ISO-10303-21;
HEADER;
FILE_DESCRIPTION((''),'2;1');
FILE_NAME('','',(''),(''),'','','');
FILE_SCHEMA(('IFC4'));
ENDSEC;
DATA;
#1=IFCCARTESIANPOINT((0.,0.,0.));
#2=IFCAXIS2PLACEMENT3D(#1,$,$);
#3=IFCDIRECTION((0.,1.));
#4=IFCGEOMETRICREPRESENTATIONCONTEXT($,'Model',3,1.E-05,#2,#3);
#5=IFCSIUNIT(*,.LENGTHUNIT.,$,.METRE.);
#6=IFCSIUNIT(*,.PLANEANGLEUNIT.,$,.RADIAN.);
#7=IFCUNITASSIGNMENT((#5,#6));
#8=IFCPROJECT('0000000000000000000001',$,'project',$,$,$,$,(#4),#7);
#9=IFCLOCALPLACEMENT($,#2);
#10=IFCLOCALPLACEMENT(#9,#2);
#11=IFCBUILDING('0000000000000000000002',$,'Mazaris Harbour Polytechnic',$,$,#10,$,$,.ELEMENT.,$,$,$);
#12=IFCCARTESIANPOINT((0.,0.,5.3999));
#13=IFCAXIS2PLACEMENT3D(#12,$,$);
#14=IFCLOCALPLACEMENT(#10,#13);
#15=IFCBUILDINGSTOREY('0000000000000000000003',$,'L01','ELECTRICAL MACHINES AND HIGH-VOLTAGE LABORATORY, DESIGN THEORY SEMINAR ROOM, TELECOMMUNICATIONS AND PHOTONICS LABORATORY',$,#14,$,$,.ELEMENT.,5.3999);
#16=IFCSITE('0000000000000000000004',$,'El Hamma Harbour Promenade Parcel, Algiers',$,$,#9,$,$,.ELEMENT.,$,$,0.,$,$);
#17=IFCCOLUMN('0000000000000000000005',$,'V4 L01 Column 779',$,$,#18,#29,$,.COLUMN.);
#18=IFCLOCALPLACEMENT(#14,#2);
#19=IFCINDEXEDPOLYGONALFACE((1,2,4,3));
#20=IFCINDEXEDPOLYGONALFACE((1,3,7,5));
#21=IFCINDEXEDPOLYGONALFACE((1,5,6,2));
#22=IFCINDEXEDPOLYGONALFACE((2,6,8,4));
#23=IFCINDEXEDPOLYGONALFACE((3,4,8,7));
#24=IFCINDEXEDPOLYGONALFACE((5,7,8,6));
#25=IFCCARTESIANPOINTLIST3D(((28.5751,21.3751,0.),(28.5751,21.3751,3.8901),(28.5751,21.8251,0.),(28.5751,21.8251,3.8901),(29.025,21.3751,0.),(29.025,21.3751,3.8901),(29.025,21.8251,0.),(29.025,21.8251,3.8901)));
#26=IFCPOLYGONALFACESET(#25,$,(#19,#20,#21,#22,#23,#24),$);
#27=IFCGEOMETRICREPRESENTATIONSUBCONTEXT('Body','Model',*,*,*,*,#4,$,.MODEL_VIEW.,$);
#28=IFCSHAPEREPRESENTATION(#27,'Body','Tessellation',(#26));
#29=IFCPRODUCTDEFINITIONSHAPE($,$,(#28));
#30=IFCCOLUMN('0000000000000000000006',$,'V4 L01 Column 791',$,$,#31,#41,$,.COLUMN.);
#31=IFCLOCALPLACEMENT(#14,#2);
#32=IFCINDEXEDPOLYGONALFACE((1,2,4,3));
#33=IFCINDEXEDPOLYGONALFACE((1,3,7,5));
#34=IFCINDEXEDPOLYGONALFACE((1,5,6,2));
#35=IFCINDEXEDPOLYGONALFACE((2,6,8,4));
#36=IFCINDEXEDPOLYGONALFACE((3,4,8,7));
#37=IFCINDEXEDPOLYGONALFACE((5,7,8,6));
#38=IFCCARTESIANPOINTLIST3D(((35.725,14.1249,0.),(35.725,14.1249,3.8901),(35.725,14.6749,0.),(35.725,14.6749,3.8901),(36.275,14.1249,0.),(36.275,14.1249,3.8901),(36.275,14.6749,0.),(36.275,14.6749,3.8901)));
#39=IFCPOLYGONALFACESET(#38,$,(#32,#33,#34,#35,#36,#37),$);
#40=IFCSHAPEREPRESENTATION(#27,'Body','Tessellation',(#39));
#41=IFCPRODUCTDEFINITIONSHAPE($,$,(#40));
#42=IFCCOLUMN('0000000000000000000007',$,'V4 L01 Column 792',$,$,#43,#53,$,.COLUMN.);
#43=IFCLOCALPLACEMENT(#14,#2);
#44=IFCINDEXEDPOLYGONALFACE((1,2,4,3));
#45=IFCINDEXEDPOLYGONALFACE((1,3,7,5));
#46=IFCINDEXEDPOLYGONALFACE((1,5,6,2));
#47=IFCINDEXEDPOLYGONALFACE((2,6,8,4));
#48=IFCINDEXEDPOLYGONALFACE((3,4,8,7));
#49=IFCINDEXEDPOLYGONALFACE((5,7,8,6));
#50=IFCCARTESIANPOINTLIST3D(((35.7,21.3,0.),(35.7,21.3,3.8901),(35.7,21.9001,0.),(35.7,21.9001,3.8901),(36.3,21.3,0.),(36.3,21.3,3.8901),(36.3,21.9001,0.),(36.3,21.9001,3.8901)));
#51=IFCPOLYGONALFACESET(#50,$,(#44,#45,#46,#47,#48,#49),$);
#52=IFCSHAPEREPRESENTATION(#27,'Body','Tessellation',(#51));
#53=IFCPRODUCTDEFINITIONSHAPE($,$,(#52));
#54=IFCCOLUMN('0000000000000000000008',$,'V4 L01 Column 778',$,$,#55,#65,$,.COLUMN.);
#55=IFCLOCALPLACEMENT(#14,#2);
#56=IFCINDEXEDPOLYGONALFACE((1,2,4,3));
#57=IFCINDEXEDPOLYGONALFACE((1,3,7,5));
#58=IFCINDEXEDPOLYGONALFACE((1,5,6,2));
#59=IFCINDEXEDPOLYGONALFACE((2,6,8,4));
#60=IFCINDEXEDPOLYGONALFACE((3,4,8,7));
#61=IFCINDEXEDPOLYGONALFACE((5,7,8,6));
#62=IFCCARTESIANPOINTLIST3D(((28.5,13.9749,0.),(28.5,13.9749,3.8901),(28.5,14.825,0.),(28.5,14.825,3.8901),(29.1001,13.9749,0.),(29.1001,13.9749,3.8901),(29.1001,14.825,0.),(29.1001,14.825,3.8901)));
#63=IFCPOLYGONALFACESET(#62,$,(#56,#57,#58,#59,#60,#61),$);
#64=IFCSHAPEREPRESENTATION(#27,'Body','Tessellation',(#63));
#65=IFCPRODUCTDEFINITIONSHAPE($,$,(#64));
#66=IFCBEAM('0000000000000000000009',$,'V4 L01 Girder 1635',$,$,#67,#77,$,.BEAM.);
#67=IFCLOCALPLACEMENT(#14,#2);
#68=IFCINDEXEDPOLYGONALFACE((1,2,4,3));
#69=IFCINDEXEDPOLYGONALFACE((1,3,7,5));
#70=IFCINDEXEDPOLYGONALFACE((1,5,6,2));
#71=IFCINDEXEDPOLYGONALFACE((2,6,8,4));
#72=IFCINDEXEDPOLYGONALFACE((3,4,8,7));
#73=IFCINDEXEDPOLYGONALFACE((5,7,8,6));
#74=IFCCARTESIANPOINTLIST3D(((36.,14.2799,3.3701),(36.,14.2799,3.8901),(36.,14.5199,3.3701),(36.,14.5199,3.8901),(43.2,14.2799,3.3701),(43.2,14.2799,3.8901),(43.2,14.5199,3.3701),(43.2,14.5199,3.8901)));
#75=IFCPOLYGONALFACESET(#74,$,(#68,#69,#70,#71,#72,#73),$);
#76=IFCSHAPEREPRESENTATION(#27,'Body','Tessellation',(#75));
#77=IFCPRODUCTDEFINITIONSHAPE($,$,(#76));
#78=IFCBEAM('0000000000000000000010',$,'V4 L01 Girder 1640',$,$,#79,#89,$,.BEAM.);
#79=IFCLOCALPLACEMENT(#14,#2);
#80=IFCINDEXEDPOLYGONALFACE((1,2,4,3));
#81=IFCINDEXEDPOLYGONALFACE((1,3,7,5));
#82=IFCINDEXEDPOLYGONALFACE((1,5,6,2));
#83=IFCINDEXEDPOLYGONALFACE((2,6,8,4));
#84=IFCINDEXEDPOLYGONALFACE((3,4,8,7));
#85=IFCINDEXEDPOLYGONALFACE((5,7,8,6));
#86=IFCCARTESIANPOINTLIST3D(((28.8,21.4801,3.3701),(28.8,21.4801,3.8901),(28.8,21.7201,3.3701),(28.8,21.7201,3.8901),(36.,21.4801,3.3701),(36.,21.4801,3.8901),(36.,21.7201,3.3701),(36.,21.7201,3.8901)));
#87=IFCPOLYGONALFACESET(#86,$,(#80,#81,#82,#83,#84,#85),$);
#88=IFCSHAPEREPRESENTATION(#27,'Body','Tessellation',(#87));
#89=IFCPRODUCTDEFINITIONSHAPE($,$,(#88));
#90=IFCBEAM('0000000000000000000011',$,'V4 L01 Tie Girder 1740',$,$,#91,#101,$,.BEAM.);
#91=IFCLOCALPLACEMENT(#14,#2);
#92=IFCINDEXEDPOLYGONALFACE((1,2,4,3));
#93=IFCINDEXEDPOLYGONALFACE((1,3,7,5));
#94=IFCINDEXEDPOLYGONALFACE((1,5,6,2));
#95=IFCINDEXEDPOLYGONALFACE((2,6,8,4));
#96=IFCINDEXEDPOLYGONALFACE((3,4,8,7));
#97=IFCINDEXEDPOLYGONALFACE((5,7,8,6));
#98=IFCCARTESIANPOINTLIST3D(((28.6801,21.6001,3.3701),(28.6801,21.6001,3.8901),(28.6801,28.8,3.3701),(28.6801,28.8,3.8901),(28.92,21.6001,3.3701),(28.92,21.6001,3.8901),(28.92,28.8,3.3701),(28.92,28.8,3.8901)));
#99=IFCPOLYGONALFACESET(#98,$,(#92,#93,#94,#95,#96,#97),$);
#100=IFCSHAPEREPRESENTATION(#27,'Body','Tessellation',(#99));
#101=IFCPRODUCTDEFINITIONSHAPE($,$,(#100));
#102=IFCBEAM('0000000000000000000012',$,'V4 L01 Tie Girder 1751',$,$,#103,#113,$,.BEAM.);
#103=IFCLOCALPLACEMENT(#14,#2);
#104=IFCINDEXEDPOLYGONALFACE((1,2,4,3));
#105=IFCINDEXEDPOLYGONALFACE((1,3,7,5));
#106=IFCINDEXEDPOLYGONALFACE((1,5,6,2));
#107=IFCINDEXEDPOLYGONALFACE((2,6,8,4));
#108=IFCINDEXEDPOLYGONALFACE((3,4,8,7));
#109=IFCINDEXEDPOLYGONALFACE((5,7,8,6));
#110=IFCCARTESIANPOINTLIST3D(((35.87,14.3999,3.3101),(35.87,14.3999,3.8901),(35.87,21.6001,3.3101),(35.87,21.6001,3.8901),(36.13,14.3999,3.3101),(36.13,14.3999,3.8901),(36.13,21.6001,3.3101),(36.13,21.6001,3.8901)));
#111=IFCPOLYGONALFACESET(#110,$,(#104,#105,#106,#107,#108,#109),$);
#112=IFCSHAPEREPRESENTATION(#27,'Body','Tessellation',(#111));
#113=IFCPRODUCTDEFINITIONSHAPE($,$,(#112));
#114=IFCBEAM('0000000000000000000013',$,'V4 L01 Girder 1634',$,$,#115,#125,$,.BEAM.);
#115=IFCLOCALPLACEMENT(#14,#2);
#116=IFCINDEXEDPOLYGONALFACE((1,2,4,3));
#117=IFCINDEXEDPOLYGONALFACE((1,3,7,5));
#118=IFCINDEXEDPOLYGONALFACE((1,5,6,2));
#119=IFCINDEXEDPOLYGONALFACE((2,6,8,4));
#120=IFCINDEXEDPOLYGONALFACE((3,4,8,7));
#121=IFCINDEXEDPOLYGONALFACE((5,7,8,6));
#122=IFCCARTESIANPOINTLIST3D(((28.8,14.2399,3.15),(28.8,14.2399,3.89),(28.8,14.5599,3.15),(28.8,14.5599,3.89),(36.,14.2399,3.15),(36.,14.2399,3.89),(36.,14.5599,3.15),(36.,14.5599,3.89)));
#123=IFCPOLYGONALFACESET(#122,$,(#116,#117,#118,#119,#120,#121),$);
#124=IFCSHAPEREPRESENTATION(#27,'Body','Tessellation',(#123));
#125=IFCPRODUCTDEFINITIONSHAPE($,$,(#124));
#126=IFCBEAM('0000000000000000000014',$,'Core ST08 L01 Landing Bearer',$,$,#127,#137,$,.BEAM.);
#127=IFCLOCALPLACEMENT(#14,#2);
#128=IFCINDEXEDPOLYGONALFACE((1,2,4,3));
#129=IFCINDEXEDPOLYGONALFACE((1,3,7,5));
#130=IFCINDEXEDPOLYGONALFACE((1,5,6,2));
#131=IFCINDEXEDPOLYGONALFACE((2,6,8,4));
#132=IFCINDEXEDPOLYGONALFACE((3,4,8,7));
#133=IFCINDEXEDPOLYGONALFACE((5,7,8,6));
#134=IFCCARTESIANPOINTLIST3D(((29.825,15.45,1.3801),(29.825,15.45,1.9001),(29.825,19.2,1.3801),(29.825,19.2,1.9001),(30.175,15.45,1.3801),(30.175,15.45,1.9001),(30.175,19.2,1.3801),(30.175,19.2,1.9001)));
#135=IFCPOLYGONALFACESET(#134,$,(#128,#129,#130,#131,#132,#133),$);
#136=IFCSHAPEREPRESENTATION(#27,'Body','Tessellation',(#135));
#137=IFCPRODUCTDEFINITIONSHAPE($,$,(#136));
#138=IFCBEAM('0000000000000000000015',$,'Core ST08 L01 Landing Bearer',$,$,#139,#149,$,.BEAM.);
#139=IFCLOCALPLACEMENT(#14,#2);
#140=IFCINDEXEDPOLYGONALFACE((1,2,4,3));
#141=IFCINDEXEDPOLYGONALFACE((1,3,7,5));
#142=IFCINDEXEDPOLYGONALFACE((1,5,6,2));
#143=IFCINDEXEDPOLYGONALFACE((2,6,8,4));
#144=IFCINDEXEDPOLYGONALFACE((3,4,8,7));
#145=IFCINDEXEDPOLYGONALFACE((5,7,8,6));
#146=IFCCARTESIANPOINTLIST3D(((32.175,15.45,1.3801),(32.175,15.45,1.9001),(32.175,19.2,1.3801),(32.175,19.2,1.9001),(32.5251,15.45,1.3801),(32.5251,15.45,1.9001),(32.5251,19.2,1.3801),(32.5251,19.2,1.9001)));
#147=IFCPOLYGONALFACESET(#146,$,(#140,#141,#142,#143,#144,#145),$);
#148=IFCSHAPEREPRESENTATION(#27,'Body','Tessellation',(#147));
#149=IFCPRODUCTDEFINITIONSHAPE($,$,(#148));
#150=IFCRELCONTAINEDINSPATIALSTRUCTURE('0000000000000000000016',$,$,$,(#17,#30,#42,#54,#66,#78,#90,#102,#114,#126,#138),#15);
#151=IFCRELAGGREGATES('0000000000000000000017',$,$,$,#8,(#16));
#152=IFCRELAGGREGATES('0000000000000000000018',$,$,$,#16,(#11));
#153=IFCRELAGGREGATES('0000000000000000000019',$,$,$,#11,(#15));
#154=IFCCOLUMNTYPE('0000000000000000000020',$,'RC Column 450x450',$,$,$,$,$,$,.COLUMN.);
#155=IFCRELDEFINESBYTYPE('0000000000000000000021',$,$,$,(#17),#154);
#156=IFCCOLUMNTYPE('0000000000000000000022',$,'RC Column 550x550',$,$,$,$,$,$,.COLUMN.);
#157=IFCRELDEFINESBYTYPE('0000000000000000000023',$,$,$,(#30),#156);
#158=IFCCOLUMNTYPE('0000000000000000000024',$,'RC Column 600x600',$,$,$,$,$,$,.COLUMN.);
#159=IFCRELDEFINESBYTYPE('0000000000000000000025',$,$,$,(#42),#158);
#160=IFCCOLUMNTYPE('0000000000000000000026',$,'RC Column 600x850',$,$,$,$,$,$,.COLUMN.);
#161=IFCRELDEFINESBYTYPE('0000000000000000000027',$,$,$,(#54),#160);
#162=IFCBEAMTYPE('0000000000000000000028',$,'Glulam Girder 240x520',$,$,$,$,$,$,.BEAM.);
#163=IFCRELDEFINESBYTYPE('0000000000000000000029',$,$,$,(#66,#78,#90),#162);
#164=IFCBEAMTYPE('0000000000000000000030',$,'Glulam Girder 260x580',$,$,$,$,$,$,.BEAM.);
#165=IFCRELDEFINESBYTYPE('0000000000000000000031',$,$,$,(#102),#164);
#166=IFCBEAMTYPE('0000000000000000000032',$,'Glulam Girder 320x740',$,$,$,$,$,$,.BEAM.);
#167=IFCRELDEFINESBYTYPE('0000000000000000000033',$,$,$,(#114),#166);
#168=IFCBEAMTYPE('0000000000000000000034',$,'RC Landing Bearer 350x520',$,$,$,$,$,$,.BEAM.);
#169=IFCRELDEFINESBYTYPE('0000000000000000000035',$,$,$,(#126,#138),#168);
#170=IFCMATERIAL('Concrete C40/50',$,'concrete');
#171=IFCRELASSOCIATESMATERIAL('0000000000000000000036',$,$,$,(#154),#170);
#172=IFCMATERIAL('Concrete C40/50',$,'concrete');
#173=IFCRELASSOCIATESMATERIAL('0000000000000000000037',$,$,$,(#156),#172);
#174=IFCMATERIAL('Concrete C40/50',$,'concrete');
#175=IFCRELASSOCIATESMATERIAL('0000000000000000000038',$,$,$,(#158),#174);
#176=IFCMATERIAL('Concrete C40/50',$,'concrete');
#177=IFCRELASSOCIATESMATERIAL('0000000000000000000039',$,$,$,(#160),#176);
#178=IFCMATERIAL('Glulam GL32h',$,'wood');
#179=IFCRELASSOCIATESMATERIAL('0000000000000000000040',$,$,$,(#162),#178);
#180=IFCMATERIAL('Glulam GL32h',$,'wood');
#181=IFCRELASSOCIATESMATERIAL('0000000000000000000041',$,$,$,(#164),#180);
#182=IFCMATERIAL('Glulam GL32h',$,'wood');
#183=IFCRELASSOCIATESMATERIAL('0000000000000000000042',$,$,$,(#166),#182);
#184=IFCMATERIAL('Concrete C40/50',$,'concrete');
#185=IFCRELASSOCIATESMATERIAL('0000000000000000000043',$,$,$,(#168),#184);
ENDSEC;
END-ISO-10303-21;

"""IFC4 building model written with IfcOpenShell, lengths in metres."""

from ifc_helpers import new_model, si_unit, direction, frame, origin, origin_2d, place, context, subcontext, project, spatial, rectangle, extrude, material, material_profile, profile_set, type_object, element, save


model = new_model("IFC4")

# Units and contexts
model_context = context("Model", 3, precision=1e-05, world=origin(), true_north=direction((0.0, 1.0)))
body_context = subcontext(model_context, "Body", "Model", "MODEL_VIEW")
ifc_project = project(units=[si_unit("LENGTHUNIT", "METRE"), si_unit("PLANEANGLEUNIT", "RADIAN")], contexts=[model_context])

# Site, building, storey
site_placement = place(None, origin())
site = spatial("IfcSite", under=ifc_project, at=site_placement, Name="El Hamma Harbour Promenade Parcel, Algiers", CompositionType="ELEMENT", RefElevation=0.0)
building_placement = place(site_placement, origin())
building = spatial("IfcBuilding", under=site, at=building_placement, Name="Mazaris Harbour Polytechnic", CompositionType="ELEMENT")
storey_placement = place(building_placement, frame((0.0, 0.0, 5.3999)))
storey = spatial("IfcBuildingStorey", under=building, at=storey_placement, Name="L01", Description="ELECTRICAL MACHINES AND HIGH-VOLTAGE LABORATORY, DESIGN THEORY SEMINAR ROOM, TELECOMMUNICATIONS AND PHOTONICS LABORATORY", CompositionType="ELEMENT", Elevation=5.3999)

# Columns
ifc_material_1 = material(Name="Concrete C40/50", Category="concrete")
ifc_material_profile_1 = material_profile(ifc_material_1, rectangle(XDim=0.45, YDim=0.45, at=origin_2d()), Name="RECT450x450")
ifc_profile_set_1 = profile_set([ifc_material_profile_1], Name="Concrete C40/50")
column_type_1 = type_object("IfcColumnType", Name="RC Column 450x450", PredefinedType="COLUMN", material=ifc_profile_set_1)
column_1_placement = place(storey_placement, frame((28.8, 21.6001, 0.0), z_axis=(0.0, 0.0, 1.0), x_axis=(1.0, 0.0, 0.0)))
element("IfcColumn", 1, at=column_1_placement, inside=storey, type_object=column_type_1, Name="V4 L01 Column 779", PredefinedType="COLUMN", context=body_context, shape_type="SweptSolid", body=[
    extrude(rectangle(XDim=0.45, YDim=0.45, at=origin_2d()), origin(), (0.0, 0.0, 1.0), 3.8901),
])
ifc_material_2 = material(Name="Concrete C40/50", Category="concrete")
ifc_material_profile_2 = material_profile(ifc_material_2, rectangle(XDim=0.55, YDim=0.55, at=origin_2d()), Name="RECT550x550")
ifc_profile_set_2 = profile_set([ifc_material_profile_2], Name="Concrete C40/50")
column_type_2 = type_object("IfcColumnType", Name="RC Column 550x550", PredefinedType="COLUMN", material=ifc_profile_set_2)
column_2_placement = place(storey_placement, frame((36.0, 14.3999, 0.0), z_axis=(0.0, 0.0, 1.0), x_axis=(1.0, 0.0, 0.0)))
element("IfcColumn", 2, at=column_2_placement, inside=storey, type_object=column_type_2, Name="V4 L01 Column 791", PredefinedType="COLUMN", context=body_context, shape_type="SweptSolid", body=[
    extrude(rectangle(XDim=0.55, YDim=0.55, at=origin_2d()), origin(), (0.0, 0.0, 1.0), 3.8901),
])
ifc_material_3 = material(Name="Concrete C40/50", Category="concrete")
ifc_material_profile_3 = material_profile(ifc_material_3, rectangle(XDim=0.6001, YDim=0.6001, at=origin_2d()), Name="RECT600x600")
ifc_profile_set_3 = profile_set([ifc_material_profile_3], Name="Concrete C40/50")
column_type_3 = type_object("IfcColumnType", Name="RC Column 600x600", PredefinedType="COLUMN", material=ifc_profile_set_3)
column_3_placement = place(storey_placement, frame((36.0, 21.6001, 0.0), z_axis=(0.0, 0.0, 1.0), x_axis=(1.0, 0.0, 0.0)))
element("IfcColumn", 3, at=column_3_placement, inside=storey, type_object=column_type_3, Name="V4 L01 Column 792", PredefinedType="COLUMN", context=body_context, shape_type="SweptSolid", body=[
    extrude(rectangle(XDim=0.6001, YDim=0.6001, at=origin_2d()), origin(), (0.0, 0.0, 1.0), 3.8901),
])
ifc_material_4 = material(Name="Concrete C40/50", Category="concrete")
ifc_material_profile_4 = material_profile(ifc_material_4, rectangle(XDim=0.6001, YDim=0.8501, at=origin_2d()), Name="RECT600x850")
ifc_profile_set_4 = profile_set([ifc_material_profile_4], Name="Concrete C40/50")
column_type_4 = type_object("IfcColumnType", Name="RC Column 600x850", PredefinedType="COLUMN", material=ifc_profile_set_4)
column_4_placement = place(storey_placement, frame((28.8, 14.3999, 0.0), z_axis=(0.0, 0.0, 1.0), x_axis=(1.0, 0.0, 0.0)))
element("IfcColumn", 4, at=column_4_placement, inside=storey, type_object=column_type_4, Name="V4 L01 Column 778", PredefinedType="COLUMN", context=body_context, shape_type="SweptSolid", body=[
    extrude(rectangle(XDim=0.6001, YDim=0.8501, at=origin_2d()), origin(), (0.0, 0.0, 1.0), 3.8901),
])

# Beams
ifc_material_5 = material(Name="Glulam GL32h", Category="wood")
ifc_material_profile_5 = material_profile(ifc_material_5, rectangle(XDim=0.24, YDim=0.52, at=origin_2d()), Name="RECT240x520")
ifc_profile_set_5 = profile_set([ifc_material_profile_5], Name="Glulam GL32h")
beam_type_1 = type_object("IfcBeamType", Name="Glulam Girder 240x520", PredefinedType="BEAM", material=ifc_profile_set_5)
for number, where, z_axis, x_axis, name in (
    (5, (36.0, 14.3999, 3.6301), (1.0, 0.0, 0.0), (0.0, 1.0, 0.0), "V4 L01 Girder 1635"),
    (6, (28.8, 21.6001, 3.6301), (1.0, 0.0, 0.0), (0.0, 1.0, 0.0), "V4 L01 Girder 1640"),
    (7, (28.8, 21.6001, 3.6301), (0.0, 1.0, 0.0), (-1.0, 0.0, 0.0), "V4 L01 Tie Girder 1740"),
):
    element("IfcBeam", number, at=place(storey_placement, frame(where, z_axis=z_axis, x_axis=x_axis)), inside=storey, type_object=beam_type_1, Name=name, PredefinedType="BEAM", context=body_context, shape_type="SweptSolid", body=[
        extrude(rectangle(XDim=0.24, YDim=0.52, at=origin_2d()), origin(), (0.0, 0.0, 1.0), 7.2),
    ])
ifc_material_6 = material(Name="Glulam GL32h", Category="wood")
ifc_material_profile_6 = material_profile(ifc_material_6, rectangle(XDim=0.26, YDim=0.5801, at=origin_2d()), Name="RECT260x580")
ifc_profile_set_6 = profile_set([ifc_material_profile_6], Name="Glulam GL32h")
beam_type_2 = type_object("IfcBeamType", Name="Glulam Girder 260x580", PredefinedType="BEAM", material=ifc_profile_set_6)
beam_1_placement = place(storey_placement, frame((36.0, 14.3999, 3.6001), z_axis=(0.0, 1.0, 0.0), x_axis=(-1.0, 0.0, 0.0)))
element("IfcBeam", 8, at=beam_1_placement, inside=storey, type_object=beam_type_2, Name="V4 L01 Tie Girder 1751", PredefinedType="BEAM", context=body_context, shape_type="SweptSolid", body=[
    extrude(rectangle(XDim=0.26, YDim=0.5801, at=origin_2d()), origin(), (0.0, 0.0, 1.0), 7.2002),
])
ifc_material_7 = material(Name="Glulam GL32h", Category="wood")
ifc_material_profile_7 = material_profile(ifc_material_7, rectangle(XDim=0.3201, YDim=0.74, at=origin_2d()), Name="RECT320x740")
ifc_profile_set_7 = profile_set([ifc_material_profile_7], Name="Glulam GL32h")
beam_type_3 = type_object("IfcBeamType", Name="Glulam Girder 320x740", PredefinedType="BEAM", material=ifc_profile_set_7)
beam_2_placement = place(storey_placement, frame((28.8, 14.3999, 3.52), z_axis=(1.0, 0.0, 0.0), x_axis=(0.0, 1.0, 0.0)))
element("IfcBeam", 9, at=beam_2_placement, inside=storey, type_object=beam_type_3, Name="V4 L01 Girder 1634", PredefinedType="BEAM", context=body_context, shape_type="SweptSolid", body=[
    extrude(rectangle(XDim=0.3201, YDim=0.74, at=origin_2d()), origin(), (0.0, 0.0, 1.0), 7.2),
])
ifc_material_8 = material(Name="Concrete C40/50", Category="concrete")
ifc_material_profile_8 = material_profile(ifc_material_8, rectangle(XDim=0.3501, YDim=0.52, at=origin_2d()), Name="RECT350x520")
ifc_profile_set_8 = profile_set([ifc_material_profile_8], Name="Concrete C40/50")
beam_type_4 = type_object("IfcBeamType", Name="RC Landing Bearer 350x520", PredefinedType="BEAM", material=ifc_profile_set_8)
for number, where, z_axis, x_axis, name in (
    (10, (30.0, 15.45, 1.6401), (0.0, 1.0, 0.0), (-1.0, 0.0, 0.0), "Core ST08 L01 Landing Bearer"),
    (11, (32.3501, 15.45, 1.6401), (0.0, 1.0, 0.0), (-1.0, 0.0, 0.0), "Core ST08 L01 Landing Bearer"),
):
    element("IfcBeam", number, at=place(storey_placement, frame(where, z_axis=z_axis, x_axis=x_axis)), inside=storey, type_object=beam_type_4, Name=name, PredefinedType="BEAM", context=body_context, shape_type="SweptSolid", body=[
        extrude(rectangle(XDim=0.3501, YDim=0.52, at=origin_2d()), origin(), (0.0, 0.0, 1.0), 3.75),
    ])

save(model, "model.ifc")
